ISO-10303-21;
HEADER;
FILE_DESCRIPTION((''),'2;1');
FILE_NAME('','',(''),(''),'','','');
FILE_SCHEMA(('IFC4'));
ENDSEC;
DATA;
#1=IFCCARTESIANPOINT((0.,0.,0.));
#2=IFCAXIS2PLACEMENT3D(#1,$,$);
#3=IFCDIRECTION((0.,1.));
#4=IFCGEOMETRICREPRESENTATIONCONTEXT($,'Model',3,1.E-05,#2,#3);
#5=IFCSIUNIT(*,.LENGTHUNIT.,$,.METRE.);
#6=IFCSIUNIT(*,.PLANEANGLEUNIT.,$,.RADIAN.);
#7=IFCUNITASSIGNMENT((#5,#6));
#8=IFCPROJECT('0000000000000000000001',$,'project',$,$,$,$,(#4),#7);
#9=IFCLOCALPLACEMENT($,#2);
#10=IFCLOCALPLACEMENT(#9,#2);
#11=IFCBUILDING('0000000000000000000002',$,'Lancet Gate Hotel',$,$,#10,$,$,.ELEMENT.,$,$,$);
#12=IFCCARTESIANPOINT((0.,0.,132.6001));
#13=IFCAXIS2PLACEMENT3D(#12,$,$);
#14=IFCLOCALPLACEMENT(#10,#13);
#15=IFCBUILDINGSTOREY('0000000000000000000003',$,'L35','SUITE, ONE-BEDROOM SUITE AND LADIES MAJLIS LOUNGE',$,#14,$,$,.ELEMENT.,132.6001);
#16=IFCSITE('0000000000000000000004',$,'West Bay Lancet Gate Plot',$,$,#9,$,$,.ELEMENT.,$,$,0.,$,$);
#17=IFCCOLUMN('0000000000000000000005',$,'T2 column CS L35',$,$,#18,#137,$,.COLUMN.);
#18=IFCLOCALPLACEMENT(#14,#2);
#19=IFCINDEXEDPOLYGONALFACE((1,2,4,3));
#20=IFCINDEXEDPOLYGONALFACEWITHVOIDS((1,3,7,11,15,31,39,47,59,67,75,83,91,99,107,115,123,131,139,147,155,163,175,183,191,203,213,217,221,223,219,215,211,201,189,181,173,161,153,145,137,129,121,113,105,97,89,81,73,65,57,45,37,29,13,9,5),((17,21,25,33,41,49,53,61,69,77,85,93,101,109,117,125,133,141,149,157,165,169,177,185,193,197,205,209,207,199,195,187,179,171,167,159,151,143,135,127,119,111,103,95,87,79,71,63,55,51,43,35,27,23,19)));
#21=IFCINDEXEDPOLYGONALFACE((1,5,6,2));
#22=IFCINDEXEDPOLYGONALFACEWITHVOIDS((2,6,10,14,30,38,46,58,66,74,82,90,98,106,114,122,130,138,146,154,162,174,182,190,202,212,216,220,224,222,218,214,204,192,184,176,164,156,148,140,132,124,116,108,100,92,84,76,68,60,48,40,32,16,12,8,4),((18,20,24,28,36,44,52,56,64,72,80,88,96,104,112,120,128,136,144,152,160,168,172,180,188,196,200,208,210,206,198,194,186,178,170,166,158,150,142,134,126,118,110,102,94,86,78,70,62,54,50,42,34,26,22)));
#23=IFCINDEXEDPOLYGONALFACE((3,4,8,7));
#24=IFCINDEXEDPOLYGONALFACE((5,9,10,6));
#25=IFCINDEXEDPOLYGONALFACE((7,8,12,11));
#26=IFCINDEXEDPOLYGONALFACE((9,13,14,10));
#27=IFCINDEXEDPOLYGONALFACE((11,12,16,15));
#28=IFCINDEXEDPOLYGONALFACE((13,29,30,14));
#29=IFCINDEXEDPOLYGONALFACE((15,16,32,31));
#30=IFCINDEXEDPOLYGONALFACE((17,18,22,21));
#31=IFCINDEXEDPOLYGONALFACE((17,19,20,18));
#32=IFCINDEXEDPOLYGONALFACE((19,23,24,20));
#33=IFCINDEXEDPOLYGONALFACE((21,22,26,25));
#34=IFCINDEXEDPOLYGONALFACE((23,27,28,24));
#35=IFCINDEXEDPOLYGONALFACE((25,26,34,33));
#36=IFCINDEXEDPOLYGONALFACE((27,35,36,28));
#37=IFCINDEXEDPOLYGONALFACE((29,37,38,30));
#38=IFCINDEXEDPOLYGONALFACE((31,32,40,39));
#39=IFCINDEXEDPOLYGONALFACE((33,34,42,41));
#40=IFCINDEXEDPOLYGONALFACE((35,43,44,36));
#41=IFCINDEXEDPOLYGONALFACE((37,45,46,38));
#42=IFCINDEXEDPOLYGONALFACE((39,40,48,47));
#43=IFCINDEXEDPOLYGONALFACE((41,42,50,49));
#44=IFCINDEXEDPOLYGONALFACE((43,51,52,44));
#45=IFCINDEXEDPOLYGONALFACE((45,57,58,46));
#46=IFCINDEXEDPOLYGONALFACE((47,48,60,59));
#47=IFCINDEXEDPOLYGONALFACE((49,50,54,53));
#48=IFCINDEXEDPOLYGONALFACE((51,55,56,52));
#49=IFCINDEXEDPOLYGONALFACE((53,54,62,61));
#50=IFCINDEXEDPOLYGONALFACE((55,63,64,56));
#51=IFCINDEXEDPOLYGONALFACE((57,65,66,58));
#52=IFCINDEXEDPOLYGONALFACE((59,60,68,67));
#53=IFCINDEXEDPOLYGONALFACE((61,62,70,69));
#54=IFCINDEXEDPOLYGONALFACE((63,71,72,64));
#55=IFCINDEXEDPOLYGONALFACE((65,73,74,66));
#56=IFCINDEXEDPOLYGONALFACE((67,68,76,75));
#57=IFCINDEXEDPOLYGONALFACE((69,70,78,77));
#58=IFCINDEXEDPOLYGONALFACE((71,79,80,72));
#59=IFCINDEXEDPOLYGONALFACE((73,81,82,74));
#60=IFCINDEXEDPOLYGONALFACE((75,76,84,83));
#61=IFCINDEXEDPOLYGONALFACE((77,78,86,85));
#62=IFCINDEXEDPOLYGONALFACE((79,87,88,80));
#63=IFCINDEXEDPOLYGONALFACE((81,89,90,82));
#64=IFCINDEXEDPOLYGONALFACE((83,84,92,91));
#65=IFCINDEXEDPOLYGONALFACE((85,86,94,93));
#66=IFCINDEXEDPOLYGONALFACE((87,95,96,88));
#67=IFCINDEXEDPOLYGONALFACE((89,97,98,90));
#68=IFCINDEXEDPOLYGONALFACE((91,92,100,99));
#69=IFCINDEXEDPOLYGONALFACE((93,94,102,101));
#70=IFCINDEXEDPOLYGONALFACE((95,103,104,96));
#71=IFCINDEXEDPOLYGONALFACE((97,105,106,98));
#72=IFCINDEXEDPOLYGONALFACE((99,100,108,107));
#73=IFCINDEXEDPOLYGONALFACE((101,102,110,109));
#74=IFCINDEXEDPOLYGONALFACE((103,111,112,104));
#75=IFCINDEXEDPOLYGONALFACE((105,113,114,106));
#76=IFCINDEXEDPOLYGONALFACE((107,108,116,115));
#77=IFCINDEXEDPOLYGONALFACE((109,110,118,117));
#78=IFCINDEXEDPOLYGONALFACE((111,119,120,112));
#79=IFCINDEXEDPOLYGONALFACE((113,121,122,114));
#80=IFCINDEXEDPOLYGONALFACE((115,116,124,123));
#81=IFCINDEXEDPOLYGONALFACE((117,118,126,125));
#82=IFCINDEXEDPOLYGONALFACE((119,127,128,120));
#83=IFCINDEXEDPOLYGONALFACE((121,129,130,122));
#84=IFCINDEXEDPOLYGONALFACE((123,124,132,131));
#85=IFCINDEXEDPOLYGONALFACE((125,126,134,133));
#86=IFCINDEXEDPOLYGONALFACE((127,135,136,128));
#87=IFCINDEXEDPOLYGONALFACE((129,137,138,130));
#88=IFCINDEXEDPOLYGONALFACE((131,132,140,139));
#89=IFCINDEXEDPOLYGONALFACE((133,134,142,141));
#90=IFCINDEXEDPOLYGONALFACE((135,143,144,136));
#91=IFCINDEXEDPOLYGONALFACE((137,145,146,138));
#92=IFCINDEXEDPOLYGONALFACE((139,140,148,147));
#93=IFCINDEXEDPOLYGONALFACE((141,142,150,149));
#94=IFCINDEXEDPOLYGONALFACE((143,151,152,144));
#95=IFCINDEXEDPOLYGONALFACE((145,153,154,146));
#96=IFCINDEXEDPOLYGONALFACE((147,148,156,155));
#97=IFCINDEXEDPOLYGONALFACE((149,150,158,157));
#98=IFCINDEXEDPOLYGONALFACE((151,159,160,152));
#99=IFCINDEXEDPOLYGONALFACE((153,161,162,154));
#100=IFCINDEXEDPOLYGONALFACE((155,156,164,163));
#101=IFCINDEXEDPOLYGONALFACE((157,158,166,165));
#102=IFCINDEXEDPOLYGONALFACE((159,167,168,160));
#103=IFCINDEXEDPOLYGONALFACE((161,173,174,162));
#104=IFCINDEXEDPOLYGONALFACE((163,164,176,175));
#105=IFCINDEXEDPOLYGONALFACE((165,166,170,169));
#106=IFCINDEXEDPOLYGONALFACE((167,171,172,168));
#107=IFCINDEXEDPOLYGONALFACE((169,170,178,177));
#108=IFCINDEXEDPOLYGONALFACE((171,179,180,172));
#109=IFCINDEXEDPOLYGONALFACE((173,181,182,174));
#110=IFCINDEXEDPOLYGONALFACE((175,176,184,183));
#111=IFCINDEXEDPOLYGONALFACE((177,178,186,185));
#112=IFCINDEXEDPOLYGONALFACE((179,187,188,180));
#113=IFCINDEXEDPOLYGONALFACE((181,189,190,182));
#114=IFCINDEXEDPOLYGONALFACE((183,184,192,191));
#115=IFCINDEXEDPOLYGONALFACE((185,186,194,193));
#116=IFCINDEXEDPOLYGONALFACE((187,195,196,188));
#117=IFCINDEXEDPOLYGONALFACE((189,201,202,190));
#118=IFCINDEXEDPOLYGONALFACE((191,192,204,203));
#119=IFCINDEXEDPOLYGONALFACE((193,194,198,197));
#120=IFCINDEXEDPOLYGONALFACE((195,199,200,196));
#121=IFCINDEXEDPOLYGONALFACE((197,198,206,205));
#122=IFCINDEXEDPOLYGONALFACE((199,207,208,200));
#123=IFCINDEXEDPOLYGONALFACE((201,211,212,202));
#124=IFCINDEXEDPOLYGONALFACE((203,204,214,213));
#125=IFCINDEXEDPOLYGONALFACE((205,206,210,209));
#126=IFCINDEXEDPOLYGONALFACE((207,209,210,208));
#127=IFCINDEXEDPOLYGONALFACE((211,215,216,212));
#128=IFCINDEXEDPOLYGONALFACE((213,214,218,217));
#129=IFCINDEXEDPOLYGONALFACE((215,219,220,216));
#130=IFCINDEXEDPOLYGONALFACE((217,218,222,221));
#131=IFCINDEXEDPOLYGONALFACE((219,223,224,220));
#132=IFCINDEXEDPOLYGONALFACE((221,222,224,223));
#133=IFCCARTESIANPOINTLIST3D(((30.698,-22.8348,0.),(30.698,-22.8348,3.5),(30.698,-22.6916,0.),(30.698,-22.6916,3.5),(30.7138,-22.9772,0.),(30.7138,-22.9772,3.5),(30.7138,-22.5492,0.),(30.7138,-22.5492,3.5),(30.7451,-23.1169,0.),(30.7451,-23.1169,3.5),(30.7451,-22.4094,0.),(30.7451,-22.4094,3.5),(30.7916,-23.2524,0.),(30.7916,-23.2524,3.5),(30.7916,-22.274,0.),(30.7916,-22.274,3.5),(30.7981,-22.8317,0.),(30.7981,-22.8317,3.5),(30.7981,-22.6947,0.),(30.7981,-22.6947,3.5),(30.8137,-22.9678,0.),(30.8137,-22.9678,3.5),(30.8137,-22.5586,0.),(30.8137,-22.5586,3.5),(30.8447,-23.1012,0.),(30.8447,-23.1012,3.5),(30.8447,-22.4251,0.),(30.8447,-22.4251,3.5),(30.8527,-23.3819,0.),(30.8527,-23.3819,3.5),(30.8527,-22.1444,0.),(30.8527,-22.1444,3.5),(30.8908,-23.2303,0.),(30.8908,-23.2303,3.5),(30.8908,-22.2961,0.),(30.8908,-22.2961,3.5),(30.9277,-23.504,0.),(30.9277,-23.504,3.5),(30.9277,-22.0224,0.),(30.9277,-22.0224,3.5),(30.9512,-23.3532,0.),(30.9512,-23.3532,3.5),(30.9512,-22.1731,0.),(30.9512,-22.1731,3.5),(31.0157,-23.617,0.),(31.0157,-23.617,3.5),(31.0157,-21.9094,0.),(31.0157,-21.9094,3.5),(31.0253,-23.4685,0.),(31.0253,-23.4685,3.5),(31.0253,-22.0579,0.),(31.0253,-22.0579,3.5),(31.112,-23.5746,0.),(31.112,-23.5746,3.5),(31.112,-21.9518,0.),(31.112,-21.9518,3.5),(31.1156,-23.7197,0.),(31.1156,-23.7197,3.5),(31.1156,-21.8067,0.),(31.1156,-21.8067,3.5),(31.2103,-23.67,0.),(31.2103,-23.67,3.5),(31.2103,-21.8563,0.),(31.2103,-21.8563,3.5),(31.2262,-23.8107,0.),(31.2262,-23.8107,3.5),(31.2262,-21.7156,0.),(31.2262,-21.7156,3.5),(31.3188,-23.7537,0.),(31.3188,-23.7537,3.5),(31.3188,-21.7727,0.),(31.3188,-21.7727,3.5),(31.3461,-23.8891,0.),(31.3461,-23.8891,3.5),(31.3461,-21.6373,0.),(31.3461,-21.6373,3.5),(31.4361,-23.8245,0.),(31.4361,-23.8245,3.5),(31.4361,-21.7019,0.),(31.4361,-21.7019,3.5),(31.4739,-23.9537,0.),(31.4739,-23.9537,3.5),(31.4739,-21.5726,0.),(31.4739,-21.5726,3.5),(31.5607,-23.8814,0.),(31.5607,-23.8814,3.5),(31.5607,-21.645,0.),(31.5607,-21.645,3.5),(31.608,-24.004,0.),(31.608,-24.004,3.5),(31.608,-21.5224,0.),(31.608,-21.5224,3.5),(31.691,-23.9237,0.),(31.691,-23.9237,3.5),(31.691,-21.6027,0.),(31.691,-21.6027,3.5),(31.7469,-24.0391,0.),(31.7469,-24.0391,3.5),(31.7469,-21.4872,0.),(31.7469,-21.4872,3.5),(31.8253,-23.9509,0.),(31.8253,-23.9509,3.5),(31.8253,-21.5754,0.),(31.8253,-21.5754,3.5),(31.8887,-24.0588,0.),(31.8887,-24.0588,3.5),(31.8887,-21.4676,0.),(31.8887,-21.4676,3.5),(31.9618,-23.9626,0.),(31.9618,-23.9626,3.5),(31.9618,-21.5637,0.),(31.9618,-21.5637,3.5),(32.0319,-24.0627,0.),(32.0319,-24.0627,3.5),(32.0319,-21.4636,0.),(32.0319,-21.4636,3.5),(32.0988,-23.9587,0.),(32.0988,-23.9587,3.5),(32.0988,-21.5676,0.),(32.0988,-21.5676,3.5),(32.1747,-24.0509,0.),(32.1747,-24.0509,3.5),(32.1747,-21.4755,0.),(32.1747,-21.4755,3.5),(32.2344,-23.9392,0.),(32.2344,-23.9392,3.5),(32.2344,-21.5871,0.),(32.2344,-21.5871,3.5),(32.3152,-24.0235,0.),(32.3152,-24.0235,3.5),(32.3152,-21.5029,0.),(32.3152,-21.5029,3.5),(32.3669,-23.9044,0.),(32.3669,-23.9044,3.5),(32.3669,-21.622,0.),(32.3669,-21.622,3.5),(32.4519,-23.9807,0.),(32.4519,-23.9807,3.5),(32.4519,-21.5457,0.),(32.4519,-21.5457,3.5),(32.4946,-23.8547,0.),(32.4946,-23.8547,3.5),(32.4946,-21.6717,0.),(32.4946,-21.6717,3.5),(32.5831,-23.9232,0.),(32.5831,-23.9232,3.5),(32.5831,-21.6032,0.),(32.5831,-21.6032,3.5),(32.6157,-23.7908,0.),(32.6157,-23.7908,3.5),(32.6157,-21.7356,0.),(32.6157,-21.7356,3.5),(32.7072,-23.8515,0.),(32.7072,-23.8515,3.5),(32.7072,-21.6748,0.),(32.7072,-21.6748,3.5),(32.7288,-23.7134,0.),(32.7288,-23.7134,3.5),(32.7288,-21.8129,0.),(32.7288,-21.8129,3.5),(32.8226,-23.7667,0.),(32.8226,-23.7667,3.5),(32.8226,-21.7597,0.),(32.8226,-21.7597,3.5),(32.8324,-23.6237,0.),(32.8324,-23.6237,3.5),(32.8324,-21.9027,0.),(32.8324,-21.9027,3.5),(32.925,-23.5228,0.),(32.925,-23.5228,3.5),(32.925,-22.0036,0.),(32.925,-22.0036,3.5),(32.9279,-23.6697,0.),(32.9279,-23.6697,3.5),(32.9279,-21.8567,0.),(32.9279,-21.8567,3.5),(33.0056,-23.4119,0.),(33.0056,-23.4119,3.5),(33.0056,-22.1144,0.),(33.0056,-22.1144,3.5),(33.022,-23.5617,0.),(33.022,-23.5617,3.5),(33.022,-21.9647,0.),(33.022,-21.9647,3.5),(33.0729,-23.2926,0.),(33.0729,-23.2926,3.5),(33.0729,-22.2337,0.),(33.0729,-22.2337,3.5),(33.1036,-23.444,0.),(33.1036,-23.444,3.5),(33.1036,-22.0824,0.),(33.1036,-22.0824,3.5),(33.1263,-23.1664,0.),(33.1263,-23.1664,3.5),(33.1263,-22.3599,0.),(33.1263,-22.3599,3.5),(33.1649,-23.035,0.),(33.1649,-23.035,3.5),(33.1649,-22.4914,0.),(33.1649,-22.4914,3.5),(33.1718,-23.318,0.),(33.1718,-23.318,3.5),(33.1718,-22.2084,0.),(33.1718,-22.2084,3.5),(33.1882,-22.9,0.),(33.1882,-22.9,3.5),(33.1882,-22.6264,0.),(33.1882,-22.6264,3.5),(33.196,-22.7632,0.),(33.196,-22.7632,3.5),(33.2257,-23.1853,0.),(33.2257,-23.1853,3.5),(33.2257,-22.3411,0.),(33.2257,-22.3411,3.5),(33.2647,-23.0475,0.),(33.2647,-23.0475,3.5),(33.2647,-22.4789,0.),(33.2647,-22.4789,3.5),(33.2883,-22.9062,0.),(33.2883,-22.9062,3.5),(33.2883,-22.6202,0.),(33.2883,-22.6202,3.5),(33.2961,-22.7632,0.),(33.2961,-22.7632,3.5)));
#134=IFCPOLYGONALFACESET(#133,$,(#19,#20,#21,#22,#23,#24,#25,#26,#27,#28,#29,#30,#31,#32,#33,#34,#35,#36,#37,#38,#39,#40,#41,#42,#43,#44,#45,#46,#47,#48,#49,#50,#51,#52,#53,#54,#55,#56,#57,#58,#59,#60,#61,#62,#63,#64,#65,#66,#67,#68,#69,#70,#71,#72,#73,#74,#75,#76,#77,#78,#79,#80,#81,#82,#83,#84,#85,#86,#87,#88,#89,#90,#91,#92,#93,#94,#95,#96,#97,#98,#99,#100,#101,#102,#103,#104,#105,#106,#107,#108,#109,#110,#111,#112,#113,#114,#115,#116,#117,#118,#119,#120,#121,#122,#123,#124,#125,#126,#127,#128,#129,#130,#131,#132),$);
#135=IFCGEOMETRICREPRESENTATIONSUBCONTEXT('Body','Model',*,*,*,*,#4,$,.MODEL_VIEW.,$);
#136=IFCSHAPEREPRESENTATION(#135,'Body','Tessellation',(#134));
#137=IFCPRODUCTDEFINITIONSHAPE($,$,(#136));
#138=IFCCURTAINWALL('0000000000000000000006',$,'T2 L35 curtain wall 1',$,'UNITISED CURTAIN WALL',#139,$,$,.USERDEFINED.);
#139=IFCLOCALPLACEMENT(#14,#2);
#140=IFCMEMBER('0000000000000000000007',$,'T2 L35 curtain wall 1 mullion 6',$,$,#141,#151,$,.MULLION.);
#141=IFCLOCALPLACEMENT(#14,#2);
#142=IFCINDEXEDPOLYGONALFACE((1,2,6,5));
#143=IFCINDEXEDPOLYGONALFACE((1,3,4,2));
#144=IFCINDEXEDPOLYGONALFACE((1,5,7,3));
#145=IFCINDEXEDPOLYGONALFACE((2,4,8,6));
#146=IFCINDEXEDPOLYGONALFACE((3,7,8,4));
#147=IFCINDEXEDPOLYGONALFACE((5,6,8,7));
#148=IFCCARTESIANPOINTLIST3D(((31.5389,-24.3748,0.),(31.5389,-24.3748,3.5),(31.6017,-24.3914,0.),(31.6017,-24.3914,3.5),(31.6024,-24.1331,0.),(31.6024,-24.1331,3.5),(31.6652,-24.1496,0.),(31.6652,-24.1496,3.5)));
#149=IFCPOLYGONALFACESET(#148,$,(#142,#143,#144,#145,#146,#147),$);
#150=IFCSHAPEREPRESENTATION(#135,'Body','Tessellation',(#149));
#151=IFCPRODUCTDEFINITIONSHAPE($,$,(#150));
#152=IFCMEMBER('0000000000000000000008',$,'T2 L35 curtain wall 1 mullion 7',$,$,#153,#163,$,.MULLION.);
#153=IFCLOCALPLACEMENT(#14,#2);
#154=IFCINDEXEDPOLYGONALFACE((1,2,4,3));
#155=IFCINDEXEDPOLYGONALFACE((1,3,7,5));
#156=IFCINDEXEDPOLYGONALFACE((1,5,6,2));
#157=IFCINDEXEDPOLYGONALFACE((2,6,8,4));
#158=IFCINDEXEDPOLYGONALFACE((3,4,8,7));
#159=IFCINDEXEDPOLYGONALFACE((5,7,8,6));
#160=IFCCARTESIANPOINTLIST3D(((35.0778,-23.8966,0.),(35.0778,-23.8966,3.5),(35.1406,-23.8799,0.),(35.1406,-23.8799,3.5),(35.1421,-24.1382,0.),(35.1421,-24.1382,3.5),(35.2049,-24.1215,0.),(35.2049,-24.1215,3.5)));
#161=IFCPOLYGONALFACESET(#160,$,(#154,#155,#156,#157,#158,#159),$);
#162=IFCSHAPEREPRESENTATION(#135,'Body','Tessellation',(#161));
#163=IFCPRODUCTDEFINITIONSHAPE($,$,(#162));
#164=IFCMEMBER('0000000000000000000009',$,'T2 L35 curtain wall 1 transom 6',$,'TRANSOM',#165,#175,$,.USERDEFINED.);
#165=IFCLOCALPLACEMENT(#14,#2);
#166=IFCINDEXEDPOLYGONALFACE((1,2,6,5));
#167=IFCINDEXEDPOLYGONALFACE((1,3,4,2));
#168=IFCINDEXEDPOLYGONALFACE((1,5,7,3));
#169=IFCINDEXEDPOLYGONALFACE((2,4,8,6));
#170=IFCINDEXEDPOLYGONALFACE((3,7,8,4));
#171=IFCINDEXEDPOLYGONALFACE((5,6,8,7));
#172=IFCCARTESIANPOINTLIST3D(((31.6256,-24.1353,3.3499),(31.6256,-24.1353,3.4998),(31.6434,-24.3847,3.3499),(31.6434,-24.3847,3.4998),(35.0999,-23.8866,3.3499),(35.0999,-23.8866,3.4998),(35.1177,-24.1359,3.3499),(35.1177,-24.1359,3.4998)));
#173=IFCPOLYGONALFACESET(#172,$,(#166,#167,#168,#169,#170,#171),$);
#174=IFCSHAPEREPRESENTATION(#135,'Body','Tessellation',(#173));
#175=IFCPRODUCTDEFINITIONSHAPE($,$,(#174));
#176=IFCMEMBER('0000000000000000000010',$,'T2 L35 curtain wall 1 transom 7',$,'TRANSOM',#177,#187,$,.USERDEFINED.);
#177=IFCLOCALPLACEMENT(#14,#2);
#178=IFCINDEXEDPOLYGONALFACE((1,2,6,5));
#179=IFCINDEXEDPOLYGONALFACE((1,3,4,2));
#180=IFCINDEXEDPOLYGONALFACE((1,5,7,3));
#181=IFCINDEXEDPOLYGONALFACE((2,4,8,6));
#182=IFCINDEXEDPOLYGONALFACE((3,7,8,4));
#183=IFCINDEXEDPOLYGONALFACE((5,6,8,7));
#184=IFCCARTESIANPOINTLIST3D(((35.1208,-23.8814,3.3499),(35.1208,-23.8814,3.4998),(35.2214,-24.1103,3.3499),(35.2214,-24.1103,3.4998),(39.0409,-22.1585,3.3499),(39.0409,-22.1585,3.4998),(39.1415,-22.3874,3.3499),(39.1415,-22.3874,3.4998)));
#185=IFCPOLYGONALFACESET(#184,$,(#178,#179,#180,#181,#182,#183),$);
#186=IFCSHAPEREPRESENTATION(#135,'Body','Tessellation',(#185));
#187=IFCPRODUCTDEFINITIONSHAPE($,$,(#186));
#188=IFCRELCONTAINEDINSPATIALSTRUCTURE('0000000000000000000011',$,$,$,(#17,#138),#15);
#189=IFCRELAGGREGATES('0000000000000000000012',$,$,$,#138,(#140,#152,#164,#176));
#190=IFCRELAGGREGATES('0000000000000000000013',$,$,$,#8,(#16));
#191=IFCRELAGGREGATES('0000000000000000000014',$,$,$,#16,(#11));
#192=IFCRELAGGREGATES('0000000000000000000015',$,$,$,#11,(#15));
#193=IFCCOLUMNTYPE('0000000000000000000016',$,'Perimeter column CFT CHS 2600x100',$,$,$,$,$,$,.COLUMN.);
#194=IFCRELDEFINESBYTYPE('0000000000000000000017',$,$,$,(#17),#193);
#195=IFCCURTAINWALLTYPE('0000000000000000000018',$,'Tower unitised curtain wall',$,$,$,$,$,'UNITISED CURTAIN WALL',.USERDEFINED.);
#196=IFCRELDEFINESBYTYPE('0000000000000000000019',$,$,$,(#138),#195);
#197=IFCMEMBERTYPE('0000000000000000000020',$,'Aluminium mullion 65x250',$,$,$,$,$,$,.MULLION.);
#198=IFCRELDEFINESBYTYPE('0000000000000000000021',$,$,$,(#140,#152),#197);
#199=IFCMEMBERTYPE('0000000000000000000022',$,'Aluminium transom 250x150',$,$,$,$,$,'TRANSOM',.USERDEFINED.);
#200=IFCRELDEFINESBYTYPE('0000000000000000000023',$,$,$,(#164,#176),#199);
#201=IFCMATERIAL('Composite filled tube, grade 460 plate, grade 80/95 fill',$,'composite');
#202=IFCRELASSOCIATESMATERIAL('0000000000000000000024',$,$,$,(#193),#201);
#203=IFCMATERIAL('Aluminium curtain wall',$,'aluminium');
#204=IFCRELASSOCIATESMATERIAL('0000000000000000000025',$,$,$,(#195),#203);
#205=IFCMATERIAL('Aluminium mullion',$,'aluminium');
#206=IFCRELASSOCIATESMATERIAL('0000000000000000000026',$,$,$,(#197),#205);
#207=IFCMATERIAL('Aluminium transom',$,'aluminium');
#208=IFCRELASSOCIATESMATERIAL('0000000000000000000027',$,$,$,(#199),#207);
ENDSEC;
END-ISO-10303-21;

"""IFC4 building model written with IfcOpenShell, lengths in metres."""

from ifc_helpers import new_model, si_unit, direction, frame, origin, origin_2d, place, context, subcontext, project, spatial, rectangle, hollow_circle, extrude, material, material_profile, profile_set, type_object, element, aggregate, save


model = new_model("IFC4")

# Units and contexts
model_context = context("Model", 3, precision=1e-05, world=origin(), true_north=direction((0.0, 1.0)))
body_context = subcontext(model_context, "Body", "Model", "MODEL_VIEW")
ifc_project = project(units=[si_unit("LENGTHUNIT", "METRE"), si_unit("PLANEANGLEUNIT", "RADIAN")], contexts=[model_context])

# Site, building, storey
site_placement = place(None, origin())
site = spatial("IfcSite", under=ifc_project, at=site_placement, Name="West Bay Lancet Gate Plot", CompositionType="ELEMENT", RefElevation=0.0)
building_placement = place(site_placement, origin())
building = spatial("IfcBuilding", under=site, at=building_placement, Name="Lancet Gate Hotel", CompositionType="ELEMENT")
storey_placement = place(building_placement, frame((0.0, 0.0, 132.6001)))
storey = spatial("IfcBuildingStorey", under=building, at=storey_placement, Name="L35", Description="SUITE, ONE-BEDROOM SUITE AND LADIES MAJLIS LOUNGE", CompositionType="ELEMENT", Elevation=132.6001)

# Column
ifc_material_1 = material(Name="Composite filled tube, grade 460 plate, grade 80/95 fill", Category="composite")
ifc_material_profile_1 = material_profile(ifc_material_1, hollow_circle(Radius=1.3, WallThickness=0.1001, at=origin_2d()), Name="CHS 2600x100")
ifc_profile_set_1 = profile_set([ifc_material_profile_1], Name="Composite filled tube, grade 460 plate, grade 80/95 fill")
column_type = type_object("IfcColumnType", Name="Perimeter column CFT CHS 2600x100", PredefinedType="COLUMN", material=ifc_profile_set_1)
column_placement = place(storey_placement, frame((31.9961, -22.7632, 0.0), z_axis=(0.0, 0.0, 1.0), x_axis=(1.0, 0.0, 0.0)))
element("IfcColumn", 1, at=column_placement, inside=storey, type_object=column_type, Name="T2 column CS L35", PredefinedType="COLUMN", context=body_context, shape_type="SweptSolid", body=[
    extrude(hollow_circle(Radius=1.3, WallThickness=0.1001, at=origin_2d()), origin(), (0.0, 0.0, 1.0), 3.5),
])

# Curtain wall, members
ifc_material_2 = material(Name="Aluminium curtain wall", Category="aluminium")
curtain_wall_type = type_object("IfcCurtainWallType", Name="Tower unitised curtain wall", ElementType="UNITISED CURTAIN WALL", PredefinedType="USERDEFINED", material=ifc_material_2)
curtain_wall_placement = place(storey_placement, origin())
curtain_wall = element("IfcCurtainWall", 2, at=curtain_wall_placement, inside=storey, type_object=curtain_wall_type, Name="T2 L35 curtain wall 1", ObjectType="UNITISED CURTAIN WALL", PredefinedType="USERDEFINED")
ifc_material_3 = material(Name="Aluminium mullion", Category="aluminium")
ifc_material_profile_2 = material_profile(ifc_material_3, rectangle(XDim=0.0649, YDim=0.25, at=origin_2d()), Name="MULLION 65x250")
ifc_profile_set_2 = profile_set([ifc_material_profile_2], Name="Aluminium mullion")
member_type_1 = type_object("IfcMemberType", Name="Aluminium mullion 65x250", PredefinedType="MULLION", material=ifc_profile_set_2)
member_1_placement = place(storey_placement, frame((31.6021, -24.2622, 0.0), z_axis=(0.0, 0.0, 1.0), x_axis=(0.967157, -0.254179, 0.0)))
member_1 = element("IfcMember", 3, at=member_1_placement, type_object=member_type_1, Name="T2 L35 curtain wall 1 mullion 6", PredefinedType="MULLION", context=body_context, shape_type="SweptSolid", body=[
    extrude(rectangle(XDim=0.0649, YDim=0.25, at=origin_2d()), origin(), (0.0, 0.0, 1.0), 3.5),
])
member_2_placement = place(storey_placement, frame((35.1414, -24.009, 0.0), z_axis=(0.0, 0.0, 1.0), x_axis=(0.966317, 0.257353, 0.0)))
member_2 = element("IfcMember", 4, at=member_2_placement, type_object=member_type_1, Name="T2 L35 curtain wall 1 mullion 7", PredefinedType="MULLION", context=body_context, shape_type="SweptSolid", body=[
    extrude(rectangle(XDim=0.0649, YDim=0.25, at=origin_2d()), origin(), (0.0, 0.0, 1.0), 3.5),
])
ifc_material_4 = material(Name="Aluminium transom", Category="aluminium")
ifc_material_profile_3 = material_profile(ifc_material_4, rectangle(XDim=0.25, YDim=0.1499, at=origin_2d()), Name="TRANSOM 250x150")
ifc_profile_set_3 = profile_set([ifc_material_profile_3], Name="Aluminium transom")
member_type_2 = type_object("IfcMemberType", Name="Aluminium transom 250x150", ElementType="TRANSOM", PredefinedType="USERDEFINED", material=ifc_profile_set_3)
member_3_placement = place(storey_placement, frame((31.6345, -24.26, 3.4248), z_axis=(0.997446, 0.071421, 0.0), x_axis=(-0.071421, 0.997446, 0.0)))
member_3 = element("IfcMember", 5, at=member_3_placement, type_object=member_type_2, Name="T2 L35 curtain wall 1 transom 6", ObjectType="TRANSOM", PredefinedType="USERDEFINED", context=body_context, shape_type="SweptSolid", body=[
    extrude(rectangle(XDim=0.25, YDim=0.1499, at=origin_2d()), origin(), (0.0, 0.0, 1.0), 3.4832),
])
member_4_placement = place(storey_placement, frame((35.1711, -23.9958, 3.4248), z_axis=(0.915485, 0.402353, 0.0), x_axis=(-0.402353, 0.915485, 0.0)))
member_4 = element("IfcMember", 6, at=member_4_placement, type_object=member_type_2, Name="T2 L35 curtain wall 1 transom 7", ObjectType="TRANSOM", PredefinedType="USERDEFINED", context=body_context, shape_type="SweptSolid", body=[
    extrude(rectangle(XDim=0.25, YDim=0.1499, at=origin_2d()), origin(), (0.0, 0.0, 1.0), 4.282),
])

aggregate(curtain_wall, [member_1, member_2, member_3, member_4])

save(model, "model.ifc")
